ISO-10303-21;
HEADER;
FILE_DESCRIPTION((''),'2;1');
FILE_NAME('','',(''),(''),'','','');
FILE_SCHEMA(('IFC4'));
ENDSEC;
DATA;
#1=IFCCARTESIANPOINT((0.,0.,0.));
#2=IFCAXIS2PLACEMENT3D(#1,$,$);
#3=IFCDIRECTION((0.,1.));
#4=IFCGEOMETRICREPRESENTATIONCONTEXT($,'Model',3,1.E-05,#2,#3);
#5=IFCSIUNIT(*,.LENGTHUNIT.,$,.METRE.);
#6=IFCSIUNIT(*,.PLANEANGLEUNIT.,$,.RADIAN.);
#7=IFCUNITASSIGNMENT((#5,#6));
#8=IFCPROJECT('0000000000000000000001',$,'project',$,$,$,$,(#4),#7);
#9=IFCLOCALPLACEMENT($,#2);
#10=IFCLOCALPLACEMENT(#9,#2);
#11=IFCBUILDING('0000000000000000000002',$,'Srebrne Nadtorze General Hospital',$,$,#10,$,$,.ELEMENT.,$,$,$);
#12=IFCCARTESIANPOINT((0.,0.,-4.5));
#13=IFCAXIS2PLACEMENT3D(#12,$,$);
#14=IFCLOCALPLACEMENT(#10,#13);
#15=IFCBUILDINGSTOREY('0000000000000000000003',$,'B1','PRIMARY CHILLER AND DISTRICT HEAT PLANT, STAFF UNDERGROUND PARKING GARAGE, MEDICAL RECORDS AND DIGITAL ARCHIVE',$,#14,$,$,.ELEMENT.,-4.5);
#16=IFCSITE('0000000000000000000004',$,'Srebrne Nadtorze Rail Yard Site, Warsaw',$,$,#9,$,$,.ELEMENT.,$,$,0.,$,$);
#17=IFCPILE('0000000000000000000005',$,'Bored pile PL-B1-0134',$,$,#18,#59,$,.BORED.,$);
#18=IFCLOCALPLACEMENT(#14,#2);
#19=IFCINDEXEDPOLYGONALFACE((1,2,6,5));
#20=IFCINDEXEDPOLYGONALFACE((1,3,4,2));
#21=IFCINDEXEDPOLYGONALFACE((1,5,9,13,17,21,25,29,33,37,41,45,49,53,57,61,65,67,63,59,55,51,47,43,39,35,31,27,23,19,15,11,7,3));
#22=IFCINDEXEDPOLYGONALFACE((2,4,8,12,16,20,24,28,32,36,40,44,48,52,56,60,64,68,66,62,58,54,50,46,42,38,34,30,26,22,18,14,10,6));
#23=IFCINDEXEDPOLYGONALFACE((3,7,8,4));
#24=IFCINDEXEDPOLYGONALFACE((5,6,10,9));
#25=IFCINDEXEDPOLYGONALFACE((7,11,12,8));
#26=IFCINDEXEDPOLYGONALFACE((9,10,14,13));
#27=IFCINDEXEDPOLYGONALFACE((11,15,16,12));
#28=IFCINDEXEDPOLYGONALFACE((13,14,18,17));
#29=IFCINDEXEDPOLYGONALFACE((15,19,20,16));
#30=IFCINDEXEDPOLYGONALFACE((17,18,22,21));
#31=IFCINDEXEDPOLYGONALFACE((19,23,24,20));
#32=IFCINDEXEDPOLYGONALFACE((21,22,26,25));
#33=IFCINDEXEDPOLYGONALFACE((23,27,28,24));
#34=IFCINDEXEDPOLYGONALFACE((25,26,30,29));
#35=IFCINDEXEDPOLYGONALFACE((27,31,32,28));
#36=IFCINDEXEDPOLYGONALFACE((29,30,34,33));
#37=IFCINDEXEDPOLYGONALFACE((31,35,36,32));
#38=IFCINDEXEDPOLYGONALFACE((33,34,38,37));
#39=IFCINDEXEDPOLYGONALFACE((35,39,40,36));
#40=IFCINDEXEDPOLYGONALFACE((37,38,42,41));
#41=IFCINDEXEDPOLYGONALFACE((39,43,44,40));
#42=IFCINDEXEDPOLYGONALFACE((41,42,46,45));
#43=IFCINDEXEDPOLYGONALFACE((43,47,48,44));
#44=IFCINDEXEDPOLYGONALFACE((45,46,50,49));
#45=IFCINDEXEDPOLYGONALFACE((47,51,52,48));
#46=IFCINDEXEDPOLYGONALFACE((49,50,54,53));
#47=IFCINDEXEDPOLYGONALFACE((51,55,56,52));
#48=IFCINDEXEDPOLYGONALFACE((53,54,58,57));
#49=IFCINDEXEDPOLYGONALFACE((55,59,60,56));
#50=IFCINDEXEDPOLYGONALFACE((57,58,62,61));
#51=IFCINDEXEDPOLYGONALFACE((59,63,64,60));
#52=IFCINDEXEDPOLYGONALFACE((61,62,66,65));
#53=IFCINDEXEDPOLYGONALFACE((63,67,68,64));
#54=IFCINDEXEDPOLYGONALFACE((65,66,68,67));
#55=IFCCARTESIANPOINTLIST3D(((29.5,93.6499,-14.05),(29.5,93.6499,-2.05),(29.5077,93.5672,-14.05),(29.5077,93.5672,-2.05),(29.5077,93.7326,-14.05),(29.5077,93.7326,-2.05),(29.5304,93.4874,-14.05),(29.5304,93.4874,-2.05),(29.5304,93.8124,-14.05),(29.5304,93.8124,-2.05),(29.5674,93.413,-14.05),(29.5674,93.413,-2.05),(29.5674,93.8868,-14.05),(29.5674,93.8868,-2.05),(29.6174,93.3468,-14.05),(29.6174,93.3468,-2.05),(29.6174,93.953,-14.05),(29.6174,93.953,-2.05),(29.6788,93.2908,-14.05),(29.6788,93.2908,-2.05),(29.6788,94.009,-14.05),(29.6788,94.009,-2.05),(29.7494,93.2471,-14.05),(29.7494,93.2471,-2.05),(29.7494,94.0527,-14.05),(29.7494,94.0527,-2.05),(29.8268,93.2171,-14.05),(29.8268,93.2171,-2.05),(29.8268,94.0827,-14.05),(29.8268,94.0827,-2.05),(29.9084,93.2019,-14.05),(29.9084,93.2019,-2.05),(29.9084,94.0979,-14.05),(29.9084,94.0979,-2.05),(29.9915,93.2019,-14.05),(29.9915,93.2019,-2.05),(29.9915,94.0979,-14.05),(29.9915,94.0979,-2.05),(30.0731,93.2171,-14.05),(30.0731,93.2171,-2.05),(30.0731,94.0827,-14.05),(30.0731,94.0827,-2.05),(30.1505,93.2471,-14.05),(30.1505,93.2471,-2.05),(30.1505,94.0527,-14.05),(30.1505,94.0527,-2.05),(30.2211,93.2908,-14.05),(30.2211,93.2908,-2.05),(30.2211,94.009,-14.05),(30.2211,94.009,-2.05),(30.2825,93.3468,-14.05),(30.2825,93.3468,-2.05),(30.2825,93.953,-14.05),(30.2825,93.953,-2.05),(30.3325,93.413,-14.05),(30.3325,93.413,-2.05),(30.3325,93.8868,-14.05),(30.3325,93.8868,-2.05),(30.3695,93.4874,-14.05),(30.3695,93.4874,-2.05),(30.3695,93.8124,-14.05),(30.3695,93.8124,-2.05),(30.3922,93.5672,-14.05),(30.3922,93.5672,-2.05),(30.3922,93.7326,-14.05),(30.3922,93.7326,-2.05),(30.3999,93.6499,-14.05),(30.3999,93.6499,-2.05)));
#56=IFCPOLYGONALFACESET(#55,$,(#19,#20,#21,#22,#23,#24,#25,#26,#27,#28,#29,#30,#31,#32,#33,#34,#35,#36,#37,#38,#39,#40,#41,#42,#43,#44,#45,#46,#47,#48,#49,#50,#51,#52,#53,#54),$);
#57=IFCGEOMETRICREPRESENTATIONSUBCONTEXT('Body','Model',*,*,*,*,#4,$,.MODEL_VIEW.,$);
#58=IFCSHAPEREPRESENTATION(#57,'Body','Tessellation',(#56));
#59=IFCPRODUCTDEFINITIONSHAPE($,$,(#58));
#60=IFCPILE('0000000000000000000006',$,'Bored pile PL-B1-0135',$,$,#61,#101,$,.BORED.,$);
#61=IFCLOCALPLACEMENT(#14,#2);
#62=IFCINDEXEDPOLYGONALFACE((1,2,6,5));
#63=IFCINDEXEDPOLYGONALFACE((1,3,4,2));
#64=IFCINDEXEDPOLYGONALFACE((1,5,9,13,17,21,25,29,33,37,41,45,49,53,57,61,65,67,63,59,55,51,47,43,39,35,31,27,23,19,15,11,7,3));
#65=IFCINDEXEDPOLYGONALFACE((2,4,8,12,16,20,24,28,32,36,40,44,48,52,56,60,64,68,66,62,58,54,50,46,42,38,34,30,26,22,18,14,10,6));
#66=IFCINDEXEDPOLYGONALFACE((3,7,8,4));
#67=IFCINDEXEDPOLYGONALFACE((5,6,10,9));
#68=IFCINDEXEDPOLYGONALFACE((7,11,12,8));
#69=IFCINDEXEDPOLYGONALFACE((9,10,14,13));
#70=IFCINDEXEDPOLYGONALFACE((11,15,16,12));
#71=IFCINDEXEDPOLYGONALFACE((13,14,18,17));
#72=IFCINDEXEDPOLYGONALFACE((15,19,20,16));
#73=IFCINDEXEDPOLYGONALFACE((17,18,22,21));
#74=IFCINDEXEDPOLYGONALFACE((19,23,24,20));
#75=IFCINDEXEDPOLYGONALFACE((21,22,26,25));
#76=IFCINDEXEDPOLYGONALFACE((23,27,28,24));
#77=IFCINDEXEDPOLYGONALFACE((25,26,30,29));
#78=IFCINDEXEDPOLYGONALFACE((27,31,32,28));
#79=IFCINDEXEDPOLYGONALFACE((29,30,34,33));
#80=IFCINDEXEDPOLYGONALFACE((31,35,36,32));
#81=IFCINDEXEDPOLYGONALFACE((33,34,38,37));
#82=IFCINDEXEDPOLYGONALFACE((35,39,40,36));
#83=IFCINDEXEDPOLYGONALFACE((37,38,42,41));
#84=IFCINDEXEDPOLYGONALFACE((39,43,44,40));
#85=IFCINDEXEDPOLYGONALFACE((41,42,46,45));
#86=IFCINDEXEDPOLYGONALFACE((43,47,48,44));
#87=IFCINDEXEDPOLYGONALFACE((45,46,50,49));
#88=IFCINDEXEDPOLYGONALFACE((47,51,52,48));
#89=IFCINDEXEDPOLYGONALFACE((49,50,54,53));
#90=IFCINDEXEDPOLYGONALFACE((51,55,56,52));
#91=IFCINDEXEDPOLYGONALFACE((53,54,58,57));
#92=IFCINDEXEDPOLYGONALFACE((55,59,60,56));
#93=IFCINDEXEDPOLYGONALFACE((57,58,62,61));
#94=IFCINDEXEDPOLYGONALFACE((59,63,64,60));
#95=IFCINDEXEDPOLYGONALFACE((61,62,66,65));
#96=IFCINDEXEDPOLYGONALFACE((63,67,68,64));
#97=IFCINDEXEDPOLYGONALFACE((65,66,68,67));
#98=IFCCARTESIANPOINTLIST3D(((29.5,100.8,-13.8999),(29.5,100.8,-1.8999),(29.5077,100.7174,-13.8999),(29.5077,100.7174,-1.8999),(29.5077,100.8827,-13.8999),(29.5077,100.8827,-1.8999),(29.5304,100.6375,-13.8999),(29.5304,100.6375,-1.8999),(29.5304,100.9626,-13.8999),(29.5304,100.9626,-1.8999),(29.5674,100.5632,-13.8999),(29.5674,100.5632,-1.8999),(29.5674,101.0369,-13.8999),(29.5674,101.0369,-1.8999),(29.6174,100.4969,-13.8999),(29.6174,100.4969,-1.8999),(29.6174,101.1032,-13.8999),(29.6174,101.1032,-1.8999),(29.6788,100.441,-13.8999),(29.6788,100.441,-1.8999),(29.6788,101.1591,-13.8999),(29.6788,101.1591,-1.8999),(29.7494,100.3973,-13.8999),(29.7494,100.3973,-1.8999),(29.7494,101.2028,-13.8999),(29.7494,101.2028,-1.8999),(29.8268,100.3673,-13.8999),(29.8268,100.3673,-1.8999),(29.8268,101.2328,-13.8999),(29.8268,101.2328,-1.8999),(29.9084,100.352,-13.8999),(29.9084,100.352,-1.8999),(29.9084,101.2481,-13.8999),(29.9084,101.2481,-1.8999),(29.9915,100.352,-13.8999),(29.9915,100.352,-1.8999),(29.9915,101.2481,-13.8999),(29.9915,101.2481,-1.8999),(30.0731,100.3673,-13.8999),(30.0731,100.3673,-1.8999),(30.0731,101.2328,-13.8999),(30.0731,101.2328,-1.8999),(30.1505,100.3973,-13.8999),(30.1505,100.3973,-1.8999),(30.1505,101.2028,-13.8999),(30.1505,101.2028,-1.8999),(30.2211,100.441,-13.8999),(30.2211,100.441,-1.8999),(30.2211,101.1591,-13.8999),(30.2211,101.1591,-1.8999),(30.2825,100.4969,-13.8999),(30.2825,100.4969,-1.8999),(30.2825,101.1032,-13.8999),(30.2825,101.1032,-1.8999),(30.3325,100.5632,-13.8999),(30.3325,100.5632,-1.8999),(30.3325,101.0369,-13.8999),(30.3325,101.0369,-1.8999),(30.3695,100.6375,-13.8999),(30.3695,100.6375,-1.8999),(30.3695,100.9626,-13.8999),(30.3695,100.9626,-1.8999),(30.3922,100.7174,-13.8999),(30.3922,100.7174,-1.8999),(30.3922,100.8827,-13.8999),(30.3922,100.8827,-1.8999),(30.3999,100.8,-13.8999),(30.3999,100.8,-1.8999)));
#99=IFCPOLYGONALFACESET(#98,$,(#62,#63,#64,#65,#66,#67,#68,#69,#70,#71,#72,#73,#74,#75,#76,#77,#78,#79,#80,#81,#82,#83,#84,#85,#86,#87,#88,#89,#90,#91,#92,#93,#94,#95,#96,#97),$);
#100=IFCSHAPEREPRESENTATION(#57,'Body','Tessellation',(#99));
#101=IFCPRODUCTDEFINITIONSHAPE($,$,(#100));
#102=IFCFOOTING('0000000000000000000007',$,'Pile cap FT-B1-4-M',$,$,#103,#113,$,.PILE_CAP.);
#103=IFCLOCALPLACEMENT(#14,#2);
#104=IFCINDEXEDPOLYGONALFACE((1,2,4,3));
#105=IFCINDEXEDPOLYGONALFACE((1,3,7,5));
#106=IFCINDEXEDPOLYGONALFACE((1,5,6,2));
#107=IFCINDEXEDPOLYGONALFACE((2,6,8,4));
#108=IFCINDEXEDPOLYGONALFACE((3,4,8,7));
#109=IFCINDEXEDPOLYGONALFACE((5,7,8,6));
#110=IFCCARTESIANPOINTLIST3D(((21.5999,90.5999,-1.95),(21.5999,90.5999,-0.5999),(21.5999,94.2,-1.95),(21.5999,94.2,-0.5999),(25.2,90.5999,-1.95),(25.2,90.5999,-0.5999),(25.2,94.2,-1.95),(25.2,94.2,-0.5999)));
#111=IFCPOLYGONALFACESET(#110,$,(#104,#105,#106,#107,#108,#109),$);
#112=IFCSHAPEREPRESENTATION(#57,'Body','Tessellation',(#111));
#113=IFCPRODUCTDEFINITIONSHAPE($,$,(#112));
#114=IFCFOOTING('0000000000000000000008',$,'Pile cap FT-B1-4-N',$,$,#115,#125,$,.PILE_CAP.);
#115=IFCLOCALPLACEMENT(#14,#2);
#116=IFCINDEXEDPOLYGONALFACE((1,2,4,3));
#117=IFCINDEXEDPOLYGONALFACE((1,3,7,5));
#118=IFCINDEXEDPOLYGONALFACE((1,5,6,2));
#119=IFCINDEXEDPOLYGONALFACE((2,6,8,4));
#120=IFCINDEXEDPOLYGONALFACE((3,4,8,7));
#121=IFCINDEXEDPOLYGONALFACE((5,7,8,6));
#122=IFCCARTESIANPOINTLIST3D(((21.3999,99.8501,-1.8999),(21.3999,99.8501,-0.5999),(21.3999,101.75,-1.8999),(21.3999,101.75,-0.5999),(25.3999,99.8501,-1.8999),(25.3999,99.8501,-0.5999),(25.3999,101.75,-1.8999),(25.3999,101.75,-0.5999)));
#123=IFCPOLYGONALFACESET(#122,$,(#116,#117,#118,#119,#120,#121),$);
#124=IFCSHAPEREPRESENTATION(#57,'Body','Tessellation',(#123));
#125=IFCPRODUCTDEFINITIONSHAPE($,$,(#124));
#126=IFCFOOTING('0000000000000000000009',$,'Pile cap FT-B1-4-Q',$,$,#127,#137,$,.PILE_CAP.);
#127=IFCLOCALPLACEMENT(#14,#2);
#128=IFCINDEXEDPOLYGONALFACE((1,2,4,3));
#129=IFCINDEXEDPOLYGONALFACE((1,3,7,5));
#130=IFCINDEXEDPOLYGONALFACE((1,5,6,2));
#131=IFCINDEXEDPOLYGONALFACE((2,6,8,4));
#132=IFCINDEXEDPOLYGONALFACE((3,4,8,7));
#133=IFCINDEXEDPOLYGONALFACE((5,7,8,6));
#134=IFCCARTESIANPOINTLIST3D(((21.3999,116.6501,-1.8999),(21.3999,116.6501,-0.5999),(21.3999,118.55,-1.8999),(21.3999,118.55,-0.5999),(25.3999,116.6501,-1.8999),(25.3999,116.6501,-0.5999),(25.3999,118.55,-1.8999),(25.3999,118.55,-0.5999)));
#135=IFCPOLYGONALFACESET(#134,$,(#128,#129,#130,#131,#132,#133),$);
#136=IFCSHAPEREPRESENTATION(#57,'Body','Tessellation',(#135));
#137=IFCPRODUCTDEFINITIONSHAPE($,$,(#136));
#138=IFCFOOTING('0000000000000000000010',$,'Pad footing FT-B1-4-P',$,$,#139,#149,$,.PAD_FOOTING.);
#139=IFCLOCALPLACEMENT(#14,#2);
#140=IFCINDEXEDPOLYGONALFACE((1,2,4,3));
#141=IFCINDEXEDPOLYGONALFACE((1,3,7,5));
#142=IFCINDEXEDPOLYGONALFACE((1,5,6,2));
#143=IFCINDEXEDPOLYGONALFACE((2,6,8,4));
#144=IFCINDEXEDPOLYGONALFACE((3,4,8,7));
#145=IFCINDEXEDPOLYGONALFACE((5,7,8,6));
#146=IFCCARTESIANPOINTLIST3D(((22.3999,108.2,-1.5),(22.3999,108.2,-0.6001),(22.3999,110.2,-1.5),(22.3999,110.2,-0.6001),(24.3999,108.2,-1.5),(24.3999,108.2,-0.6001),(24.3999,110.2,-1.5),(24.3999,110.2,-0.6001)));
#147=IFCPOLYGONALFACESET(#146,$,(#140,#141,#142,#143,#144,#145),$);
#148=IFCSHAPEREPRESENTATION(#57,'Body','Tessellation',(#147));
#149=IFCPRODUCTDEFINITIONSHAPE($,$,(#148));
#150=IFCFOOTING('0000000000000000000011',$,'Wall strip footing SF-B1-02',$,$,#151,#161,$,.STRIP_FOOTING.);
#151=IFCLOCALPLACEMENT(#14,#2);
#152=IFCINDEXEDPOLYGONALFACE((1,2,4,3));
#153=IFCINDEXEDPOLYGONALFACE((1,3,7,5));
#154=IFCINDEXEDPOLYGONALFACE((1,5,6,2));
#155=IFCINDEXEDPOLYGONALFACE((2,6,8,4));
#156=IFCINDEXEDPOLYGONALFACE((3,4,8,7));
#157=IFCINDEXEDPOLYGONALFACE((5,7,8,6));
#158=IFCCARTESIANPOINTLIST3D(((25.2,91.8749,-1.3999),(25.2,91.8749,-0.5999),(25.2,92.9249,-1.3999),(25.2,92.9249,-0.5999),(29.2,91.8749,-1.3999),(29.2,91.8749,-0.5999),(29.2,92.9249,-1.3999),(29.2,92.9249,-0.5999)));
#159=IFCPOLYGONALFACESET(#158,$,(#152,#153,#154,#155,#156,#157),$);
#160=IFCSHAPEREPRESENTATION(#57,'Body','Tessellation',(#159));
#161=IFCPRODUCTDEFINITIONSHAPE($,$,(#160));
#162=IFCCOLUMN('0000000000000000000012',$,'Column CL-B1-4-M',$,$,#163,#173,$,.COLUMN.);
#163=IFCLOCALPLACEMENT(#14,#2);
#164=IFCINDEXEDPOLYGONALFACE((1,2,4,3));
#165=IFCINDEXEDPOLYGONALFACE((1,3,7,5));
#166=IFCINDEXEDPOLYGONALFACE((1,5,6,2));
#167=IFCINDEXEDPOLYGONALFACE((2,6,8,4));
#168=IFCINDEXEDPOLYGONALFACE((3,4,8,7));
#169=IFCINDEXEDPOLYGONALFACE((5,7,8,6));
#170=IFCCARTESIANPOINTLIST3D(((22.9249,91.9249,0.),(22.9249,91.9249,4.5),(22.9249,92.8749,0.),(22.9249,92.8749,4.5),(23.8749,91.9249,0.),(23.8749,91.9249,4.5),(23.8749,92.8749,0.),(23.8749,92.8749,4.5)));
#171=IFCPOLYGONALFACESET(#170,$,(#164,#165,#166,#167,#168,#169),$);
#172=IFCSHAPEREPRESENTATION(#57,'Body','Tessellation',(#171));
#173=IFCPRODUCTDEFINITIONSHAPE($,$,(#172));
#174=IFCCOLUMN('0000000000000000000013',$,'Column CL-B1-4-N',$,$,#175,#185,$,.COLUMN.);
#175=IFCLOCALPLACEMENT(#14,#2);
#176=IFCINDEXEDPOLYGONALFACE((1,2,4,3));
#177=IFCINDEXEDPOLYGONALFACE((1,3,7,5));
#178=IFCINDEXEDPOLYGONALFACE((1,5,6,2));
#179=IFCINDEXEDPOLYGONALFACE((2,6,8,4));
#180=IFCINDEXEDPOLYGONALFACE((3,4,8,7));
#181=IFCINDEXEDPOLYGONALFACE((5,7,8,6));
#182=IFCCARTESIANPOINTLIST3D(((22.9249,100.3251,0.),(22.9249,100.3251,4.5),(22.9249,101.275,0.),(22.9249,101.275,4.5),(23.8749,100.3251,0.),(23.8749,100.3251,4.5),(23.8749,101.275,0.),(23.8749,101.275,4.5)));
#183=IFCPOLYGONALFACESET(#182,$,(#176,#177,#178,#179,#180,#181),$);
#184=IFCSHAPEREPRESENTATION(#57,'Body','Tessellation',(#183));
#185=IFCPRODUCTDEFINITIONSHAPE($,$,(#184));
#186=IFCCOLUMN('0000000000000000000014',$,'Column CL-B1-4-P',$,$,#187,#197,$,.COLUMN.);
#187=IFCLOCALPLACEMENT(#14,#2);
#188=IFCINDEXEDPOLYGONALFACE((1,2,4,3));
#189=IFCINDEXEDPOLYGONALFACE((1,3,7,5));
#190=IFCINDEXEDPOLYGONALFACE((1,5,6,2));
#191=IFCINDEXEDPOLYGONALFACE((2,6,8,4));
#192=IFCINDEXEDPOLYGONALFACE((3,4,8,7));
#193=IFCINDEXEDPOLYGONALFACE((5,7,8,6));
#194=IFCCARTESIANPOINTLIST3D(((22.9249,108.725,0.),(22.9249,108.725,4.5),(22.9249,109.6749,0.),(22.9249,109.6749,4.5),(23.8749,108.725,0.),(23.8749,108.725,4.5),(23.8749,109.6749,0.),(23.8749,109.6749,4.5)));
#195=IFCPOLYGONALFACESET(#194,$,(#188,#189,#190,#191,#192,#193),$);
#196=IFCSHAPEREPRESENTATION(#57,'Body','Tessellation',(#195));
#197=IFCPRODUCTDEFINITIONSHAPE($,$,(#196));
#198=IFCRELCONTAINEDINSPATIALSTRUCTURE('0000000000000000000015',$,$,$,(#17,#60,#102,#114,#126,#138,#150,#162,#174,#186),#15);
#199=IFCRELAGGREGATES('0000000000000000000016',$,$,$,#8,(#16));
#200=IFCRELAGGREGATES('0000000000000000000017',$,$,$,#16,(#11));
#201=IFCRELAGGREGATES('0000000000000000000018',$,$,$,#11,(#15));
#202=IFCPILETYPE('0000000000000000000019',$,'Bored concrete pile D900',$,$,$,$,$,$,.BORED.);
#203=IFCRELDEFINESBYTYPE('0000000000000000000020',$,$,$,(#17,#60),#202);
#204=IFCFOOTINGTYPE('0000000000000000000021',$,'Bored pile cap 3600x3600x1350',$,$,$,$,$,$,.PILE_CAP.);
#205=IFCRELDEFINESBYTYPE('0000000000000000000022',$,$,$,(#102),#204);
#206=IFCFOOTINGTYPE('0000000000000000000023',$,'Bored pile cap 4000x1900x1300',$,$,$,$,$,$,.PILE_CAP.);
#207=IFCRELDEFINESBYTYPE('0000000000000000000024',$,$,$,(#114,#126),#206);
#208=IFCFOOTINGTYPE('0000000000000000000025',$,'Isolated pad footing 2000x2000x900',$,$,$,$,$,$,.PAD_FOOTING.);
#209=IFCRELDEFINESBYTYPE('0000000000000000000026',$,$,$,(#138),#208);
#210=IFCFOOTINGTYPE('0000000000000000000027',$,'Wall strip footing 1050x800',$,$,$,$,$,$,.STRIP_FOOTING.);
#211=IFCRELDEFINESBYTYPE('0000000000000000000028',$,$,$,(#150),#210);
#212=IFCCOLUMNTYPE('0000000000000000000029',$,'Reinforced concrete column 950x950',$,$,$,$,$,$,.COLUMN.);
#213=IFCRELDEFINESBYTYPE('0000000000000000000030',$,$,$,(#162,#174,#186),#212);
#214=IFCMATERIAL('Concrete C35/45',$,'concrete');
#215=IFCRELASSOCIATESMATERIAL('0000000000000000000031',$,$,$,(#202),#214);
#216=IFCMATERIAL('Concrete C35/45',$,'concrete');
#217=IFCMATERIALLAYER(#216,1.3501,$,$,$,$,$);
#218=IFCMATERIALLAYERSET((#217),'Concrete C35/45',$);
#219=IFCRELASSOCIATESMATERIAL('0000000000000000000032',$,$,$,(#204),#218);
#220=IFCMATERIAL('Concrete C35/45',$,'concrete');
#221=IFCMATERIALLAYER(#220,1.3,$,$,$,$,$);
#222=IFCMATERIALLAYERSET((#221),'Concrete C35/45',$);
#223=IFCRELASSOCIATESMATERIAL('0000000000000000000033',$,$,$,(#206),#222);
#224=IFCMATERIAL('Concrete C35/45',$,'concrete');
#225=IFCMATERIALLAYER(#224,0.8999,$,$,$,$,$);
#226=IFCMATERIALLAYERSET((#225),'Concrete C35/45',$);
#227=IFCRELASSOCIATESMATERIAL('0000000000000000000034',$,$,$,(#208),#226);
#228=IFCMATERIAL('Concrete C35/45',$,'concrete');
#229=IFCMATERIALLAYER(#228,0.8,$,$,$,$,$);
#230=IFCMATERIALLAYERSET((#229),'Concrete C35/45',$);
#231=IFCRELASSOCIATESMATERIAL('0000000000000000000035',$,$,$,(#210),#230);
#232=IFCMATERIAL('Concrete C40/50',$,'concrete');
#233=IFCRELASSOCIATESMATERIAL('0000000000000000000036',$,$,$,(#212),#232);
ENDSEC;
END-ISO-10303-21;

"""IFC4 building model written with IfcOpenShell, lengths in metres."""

from ifc_helpers import new_model, si_unit, direction, frame, origin, origin_2d, place, context, subcontext, project, spatial, rectangle, circle, extrude, material, layer, layer_set, material_profile, profile_set, type_object, element, save


model = new_model("IFC4")

# Units and contexts
model_context = context("Model", 3, precision=1e-05, world=origin(), true_north=direction((0.0, 1.0)))
body_context = subcontext(model_context, "Body", "Model", "MODEL_VIEW")
ifc_project = project(units=[si_unit("LENGTHUNIT", "METRE"), si_unit("PLANEANGLEUNIT", "RADIAN")], contexts=[model_context])

# Site, building, storey
site_placement = place(None, origin())
site = spatial("IfcSite", under=ifc_project, at=site_placement, Name="Srebrne Nadtorze Rail Yard Site, Warsaw", CompositionType="ELEMENT", RefElevation=0.0)
building_placement = place(site_placement, origin())
building = spatial("IfcBuilding", under=site, at=building_placement, Name="Srebrne Nadtorze General Hospital", CompositionType="ELEMENT")
storey_placement = place(building_placement, frame((0.0, 0.0, -4.5)))
storey = spatial("IfcBuildingStorey", under=building, at=storey_placement, Name="B1", Description="PRIMARY CHILLER AND DISTRICT HEAT PLANT, STAFF UNDERGROUND PARKING GARAGE, MEDICAL RECORDS AND DIGITAL ARCHIVE", CompositionType="ELEMENT", Elevation=-4.5)

# Piles
ifc_material_1 = material(Name="Concrete C35/45", Category="concrete")
ifc_material_profile_1 = material_profile(ifc_material_1, circle(Radius=0.45, at=origin_2d()), Name="PILE-D900")
ifc_profile_set_1 = profile_set([ifc_material_profile_1], Name="Concrete C35/45")
pile_type_1 = type_object("IfcPileType", Name="Bored concrete pile D900", PredefinedType="BORED", material=ifc_profile_set_1)
for number, where, z_axis, x_axis, name in (
    (1, (29.95, 93.6499, -2.05), (0.0, 0.0, -1.0), (1.0, 0.0, 0.0), "Bored pile PL-B1-0134"),
    (2, (29.95, 100.8, -1.8999), (0.0, 0.0, -1.0), (1.0, 0.0, 0.0), "Bored pile PL-B1-0135"),
):
    element("IfcPile", number, at=place(storey_placement, frame(where, z_axis=z_axis, x_axis=x_axis)), inside=storey, type_object=pile_type_1, Name=name, PredefinedType="BORED", context=body_context, shape_type="SweptSolid", body=[
        extrude(circle(Radius=0.45, at=origin_2d()), origin(), (0.0, 0.0, 1.0), 12.0),
    ])

# Footings
ifc_material_2 = material(Name="Concrete C35/45", Category="concrete")
ifc_layer_1 = layer(ifc_material_2, 1.3501)
ifc_layer_set_1 = layer_set([ifc_layer_1], Name="Concrete C35/45")
footing_type_1 = type_object("IfcFootingType", Name="Bored pile cap 3600x3600x1350", PredefinedType="PILE_CAP", material=ifc_layer_set_1)
footing_1_placement = place(storey_placement, frame((23.3999, 92.3999, -1.95), z_axis=(0.0, 0.0, 1.0), x_axis=(1.0, 0.0, 0.0)))
element("IfcFooting", 3, at=footing_1_placement, inside=storey, type_object=footing_type_1, Name="Pile cap FT-B1-4-M", PredefinedType="PILE_CAP", context=body_context, shape_type="SweptSolid", body=[
    extrude(rectangle(XDim=3.6001, YDim=3.6001, at=origin_2d()), origin(), (0.0, 0.0, 1.0), 1.3501),
])
ifc_material_3 = material(Name="Concrete C35/45", Category="concrete")
ifc_layer_2 = layer(ifc_material_3, 1.3)
ifc_layer_set_2 = layer_set([ifc_layer_2], Name="Concrete C35/45")
footing_type_2 = type_object("IfcFootingType", Name="Bored pile cap 4000x1900x1300", PredefinedType="PILE_CAP", material=ifc_layer_set_2)
for number, where, z_axis, x_axis, name in (
    (4, (23.3999, 100.8, -1.8999), (0.0, 0.0, 1.0), (1.0, 0.0, 0.0), "Pile cap FT-B1-4-N"),
    (5, (23.3999, 117.6001, -1.8999), (0.0, 0.0, 1.0), (1.0, 0.0, 0.0), "Pile cap FT-B1-4-Q"),
):
    element("IfcFooting", number, at=place(storey_placement, frame(where, z_axis=z_axis, x_axis=x_axis)), inside=storey, type_object=footing_type_2, Name=name, PredefinedType="PILE_CAP", context=body_context, shape_type="SweptSolid", body=[
        extrude(rectangle(XDim=4.0, YDim=1.8999, at=origin_2d()), origin(), (0.0, 0.0, 1.0), 1.3),
    ])
ifc_material_4 = material(Name="Concrete C35/45", Category="concrete")
ifc_layer_3 = layer(ifc_material_4, 0.8999)
ifc_layer_set_3 = layer_set([ifc_layer_3], Name="Concrete C35/45")
footing_type_3 = type_object("IfcFootingType", Name="Isolated pad footing 2000x2000x900", PredefinedType="PAD_FOOTING", material=ifc_layer_set_3)
footing_2_placement = place(storey_placement, frame((23.3999, 109.2, -1.5), z_axis=(0.0, 0.0, 1.0), x_axis=(1.0, 0.0, 0.0)))
element("IfcFooting", 6, at=footing_2_placement, inside=storey, type_object=footing_type_3, Name="Pad footing FT-B1-4-P", PredefinedType="PAD_FOOTING", context=body_context, shape_type="SweptSolid", body=[
    extrude(rectangle(XDim=2.0, YDim=2.0, at=origin_2d()), origin(), (0.0, 0.0, 1.0), 0.8999),
])
ifc_material_5 = material(Name="Concrete C35/45", Category="concrete")
ifc_layer_4 = layer(ifc_material_5, 0.8)
ifc_layer_set_4 = layer_set([ifc_layer_4], Name="Concrete C35/45")
footing_type_4 = type_object("IfcFootingType", Name="Wall strip footing 1050x800", PredefinedType="STRIP_FOOTING", material=ifc_layer_set_4)
footing_3_placement = place(storey_placement, frame((27.2, 92.3999, -1.3999), z_axis=(0.0, 0.0, 1.0), x_axis=(1.0, 0.0, 0.0)))
element("IfcFooting", 7, at=footing_3_placement, inside=storey, type_object=footing_type_4, Name="Wall strip footing SF-B1-02", PredefinedType="STRIP_FOOTING", context=body_context, shape_type="SweptSolid", body=[
    extrude(rectangle(XDim=4.0, YDim=1.05, at=origin_2d()), origin(), (0.0, 0.0, 1.0), 0.8),
])

# Columns
ifc_material_6 = material(Name="Concrete C40/50", Category="concrete")
ifc_material_profile_2 = material_profile(ifc_material_6, rectangle(XDim=0.95, YDim=0.95, at=origin_2d()), Name="RC-COL-950x950")
ifc_profile_set_2 = profile_set([ifc_material_profile_2], Name="Concrete C40/50")
column_type = type_object("IfcColumnType", Name="Reinforced concrete column 950x950", PredefinedType="COLUMN", material=ifc_profile_set_2)
for number, where, z_axis, x_axis, name in (
    (8, (23.3999, 92.3999, 0.0), (0.0, 0.0, 1.0), (1.0, 0.0, 0.0), "Column CL-B1-4-M"),
    (9, (23.3999, 100.8, 0.0), (0.0, 0.0, 1.0), (1.0, 0.0, 0.0), "Column CL-B1-4-N"),
    (10, (23.3999, 109.2, 0.0), (0.0, 0.0, 1.0), (1.0, 0.0, 0.0), "Column CL-B1-4-P"),
):
    element("IfcColumn", number, at=place(storey_placement, frame(where, z_axis=z_axis, x_axis=x_axis)), inside=storey, type_object=column_type, Name=name, PredefinedType="COLUMN", context=body_context, shape_type="SweptSolid", body=[
        extrude(rectangle(XDim=0.95, YDim=0.95, at=origin_2d()), origin(), (0.0, 0.0, 1.0), 4.5),
    ])

save(model, "model.ifc")
